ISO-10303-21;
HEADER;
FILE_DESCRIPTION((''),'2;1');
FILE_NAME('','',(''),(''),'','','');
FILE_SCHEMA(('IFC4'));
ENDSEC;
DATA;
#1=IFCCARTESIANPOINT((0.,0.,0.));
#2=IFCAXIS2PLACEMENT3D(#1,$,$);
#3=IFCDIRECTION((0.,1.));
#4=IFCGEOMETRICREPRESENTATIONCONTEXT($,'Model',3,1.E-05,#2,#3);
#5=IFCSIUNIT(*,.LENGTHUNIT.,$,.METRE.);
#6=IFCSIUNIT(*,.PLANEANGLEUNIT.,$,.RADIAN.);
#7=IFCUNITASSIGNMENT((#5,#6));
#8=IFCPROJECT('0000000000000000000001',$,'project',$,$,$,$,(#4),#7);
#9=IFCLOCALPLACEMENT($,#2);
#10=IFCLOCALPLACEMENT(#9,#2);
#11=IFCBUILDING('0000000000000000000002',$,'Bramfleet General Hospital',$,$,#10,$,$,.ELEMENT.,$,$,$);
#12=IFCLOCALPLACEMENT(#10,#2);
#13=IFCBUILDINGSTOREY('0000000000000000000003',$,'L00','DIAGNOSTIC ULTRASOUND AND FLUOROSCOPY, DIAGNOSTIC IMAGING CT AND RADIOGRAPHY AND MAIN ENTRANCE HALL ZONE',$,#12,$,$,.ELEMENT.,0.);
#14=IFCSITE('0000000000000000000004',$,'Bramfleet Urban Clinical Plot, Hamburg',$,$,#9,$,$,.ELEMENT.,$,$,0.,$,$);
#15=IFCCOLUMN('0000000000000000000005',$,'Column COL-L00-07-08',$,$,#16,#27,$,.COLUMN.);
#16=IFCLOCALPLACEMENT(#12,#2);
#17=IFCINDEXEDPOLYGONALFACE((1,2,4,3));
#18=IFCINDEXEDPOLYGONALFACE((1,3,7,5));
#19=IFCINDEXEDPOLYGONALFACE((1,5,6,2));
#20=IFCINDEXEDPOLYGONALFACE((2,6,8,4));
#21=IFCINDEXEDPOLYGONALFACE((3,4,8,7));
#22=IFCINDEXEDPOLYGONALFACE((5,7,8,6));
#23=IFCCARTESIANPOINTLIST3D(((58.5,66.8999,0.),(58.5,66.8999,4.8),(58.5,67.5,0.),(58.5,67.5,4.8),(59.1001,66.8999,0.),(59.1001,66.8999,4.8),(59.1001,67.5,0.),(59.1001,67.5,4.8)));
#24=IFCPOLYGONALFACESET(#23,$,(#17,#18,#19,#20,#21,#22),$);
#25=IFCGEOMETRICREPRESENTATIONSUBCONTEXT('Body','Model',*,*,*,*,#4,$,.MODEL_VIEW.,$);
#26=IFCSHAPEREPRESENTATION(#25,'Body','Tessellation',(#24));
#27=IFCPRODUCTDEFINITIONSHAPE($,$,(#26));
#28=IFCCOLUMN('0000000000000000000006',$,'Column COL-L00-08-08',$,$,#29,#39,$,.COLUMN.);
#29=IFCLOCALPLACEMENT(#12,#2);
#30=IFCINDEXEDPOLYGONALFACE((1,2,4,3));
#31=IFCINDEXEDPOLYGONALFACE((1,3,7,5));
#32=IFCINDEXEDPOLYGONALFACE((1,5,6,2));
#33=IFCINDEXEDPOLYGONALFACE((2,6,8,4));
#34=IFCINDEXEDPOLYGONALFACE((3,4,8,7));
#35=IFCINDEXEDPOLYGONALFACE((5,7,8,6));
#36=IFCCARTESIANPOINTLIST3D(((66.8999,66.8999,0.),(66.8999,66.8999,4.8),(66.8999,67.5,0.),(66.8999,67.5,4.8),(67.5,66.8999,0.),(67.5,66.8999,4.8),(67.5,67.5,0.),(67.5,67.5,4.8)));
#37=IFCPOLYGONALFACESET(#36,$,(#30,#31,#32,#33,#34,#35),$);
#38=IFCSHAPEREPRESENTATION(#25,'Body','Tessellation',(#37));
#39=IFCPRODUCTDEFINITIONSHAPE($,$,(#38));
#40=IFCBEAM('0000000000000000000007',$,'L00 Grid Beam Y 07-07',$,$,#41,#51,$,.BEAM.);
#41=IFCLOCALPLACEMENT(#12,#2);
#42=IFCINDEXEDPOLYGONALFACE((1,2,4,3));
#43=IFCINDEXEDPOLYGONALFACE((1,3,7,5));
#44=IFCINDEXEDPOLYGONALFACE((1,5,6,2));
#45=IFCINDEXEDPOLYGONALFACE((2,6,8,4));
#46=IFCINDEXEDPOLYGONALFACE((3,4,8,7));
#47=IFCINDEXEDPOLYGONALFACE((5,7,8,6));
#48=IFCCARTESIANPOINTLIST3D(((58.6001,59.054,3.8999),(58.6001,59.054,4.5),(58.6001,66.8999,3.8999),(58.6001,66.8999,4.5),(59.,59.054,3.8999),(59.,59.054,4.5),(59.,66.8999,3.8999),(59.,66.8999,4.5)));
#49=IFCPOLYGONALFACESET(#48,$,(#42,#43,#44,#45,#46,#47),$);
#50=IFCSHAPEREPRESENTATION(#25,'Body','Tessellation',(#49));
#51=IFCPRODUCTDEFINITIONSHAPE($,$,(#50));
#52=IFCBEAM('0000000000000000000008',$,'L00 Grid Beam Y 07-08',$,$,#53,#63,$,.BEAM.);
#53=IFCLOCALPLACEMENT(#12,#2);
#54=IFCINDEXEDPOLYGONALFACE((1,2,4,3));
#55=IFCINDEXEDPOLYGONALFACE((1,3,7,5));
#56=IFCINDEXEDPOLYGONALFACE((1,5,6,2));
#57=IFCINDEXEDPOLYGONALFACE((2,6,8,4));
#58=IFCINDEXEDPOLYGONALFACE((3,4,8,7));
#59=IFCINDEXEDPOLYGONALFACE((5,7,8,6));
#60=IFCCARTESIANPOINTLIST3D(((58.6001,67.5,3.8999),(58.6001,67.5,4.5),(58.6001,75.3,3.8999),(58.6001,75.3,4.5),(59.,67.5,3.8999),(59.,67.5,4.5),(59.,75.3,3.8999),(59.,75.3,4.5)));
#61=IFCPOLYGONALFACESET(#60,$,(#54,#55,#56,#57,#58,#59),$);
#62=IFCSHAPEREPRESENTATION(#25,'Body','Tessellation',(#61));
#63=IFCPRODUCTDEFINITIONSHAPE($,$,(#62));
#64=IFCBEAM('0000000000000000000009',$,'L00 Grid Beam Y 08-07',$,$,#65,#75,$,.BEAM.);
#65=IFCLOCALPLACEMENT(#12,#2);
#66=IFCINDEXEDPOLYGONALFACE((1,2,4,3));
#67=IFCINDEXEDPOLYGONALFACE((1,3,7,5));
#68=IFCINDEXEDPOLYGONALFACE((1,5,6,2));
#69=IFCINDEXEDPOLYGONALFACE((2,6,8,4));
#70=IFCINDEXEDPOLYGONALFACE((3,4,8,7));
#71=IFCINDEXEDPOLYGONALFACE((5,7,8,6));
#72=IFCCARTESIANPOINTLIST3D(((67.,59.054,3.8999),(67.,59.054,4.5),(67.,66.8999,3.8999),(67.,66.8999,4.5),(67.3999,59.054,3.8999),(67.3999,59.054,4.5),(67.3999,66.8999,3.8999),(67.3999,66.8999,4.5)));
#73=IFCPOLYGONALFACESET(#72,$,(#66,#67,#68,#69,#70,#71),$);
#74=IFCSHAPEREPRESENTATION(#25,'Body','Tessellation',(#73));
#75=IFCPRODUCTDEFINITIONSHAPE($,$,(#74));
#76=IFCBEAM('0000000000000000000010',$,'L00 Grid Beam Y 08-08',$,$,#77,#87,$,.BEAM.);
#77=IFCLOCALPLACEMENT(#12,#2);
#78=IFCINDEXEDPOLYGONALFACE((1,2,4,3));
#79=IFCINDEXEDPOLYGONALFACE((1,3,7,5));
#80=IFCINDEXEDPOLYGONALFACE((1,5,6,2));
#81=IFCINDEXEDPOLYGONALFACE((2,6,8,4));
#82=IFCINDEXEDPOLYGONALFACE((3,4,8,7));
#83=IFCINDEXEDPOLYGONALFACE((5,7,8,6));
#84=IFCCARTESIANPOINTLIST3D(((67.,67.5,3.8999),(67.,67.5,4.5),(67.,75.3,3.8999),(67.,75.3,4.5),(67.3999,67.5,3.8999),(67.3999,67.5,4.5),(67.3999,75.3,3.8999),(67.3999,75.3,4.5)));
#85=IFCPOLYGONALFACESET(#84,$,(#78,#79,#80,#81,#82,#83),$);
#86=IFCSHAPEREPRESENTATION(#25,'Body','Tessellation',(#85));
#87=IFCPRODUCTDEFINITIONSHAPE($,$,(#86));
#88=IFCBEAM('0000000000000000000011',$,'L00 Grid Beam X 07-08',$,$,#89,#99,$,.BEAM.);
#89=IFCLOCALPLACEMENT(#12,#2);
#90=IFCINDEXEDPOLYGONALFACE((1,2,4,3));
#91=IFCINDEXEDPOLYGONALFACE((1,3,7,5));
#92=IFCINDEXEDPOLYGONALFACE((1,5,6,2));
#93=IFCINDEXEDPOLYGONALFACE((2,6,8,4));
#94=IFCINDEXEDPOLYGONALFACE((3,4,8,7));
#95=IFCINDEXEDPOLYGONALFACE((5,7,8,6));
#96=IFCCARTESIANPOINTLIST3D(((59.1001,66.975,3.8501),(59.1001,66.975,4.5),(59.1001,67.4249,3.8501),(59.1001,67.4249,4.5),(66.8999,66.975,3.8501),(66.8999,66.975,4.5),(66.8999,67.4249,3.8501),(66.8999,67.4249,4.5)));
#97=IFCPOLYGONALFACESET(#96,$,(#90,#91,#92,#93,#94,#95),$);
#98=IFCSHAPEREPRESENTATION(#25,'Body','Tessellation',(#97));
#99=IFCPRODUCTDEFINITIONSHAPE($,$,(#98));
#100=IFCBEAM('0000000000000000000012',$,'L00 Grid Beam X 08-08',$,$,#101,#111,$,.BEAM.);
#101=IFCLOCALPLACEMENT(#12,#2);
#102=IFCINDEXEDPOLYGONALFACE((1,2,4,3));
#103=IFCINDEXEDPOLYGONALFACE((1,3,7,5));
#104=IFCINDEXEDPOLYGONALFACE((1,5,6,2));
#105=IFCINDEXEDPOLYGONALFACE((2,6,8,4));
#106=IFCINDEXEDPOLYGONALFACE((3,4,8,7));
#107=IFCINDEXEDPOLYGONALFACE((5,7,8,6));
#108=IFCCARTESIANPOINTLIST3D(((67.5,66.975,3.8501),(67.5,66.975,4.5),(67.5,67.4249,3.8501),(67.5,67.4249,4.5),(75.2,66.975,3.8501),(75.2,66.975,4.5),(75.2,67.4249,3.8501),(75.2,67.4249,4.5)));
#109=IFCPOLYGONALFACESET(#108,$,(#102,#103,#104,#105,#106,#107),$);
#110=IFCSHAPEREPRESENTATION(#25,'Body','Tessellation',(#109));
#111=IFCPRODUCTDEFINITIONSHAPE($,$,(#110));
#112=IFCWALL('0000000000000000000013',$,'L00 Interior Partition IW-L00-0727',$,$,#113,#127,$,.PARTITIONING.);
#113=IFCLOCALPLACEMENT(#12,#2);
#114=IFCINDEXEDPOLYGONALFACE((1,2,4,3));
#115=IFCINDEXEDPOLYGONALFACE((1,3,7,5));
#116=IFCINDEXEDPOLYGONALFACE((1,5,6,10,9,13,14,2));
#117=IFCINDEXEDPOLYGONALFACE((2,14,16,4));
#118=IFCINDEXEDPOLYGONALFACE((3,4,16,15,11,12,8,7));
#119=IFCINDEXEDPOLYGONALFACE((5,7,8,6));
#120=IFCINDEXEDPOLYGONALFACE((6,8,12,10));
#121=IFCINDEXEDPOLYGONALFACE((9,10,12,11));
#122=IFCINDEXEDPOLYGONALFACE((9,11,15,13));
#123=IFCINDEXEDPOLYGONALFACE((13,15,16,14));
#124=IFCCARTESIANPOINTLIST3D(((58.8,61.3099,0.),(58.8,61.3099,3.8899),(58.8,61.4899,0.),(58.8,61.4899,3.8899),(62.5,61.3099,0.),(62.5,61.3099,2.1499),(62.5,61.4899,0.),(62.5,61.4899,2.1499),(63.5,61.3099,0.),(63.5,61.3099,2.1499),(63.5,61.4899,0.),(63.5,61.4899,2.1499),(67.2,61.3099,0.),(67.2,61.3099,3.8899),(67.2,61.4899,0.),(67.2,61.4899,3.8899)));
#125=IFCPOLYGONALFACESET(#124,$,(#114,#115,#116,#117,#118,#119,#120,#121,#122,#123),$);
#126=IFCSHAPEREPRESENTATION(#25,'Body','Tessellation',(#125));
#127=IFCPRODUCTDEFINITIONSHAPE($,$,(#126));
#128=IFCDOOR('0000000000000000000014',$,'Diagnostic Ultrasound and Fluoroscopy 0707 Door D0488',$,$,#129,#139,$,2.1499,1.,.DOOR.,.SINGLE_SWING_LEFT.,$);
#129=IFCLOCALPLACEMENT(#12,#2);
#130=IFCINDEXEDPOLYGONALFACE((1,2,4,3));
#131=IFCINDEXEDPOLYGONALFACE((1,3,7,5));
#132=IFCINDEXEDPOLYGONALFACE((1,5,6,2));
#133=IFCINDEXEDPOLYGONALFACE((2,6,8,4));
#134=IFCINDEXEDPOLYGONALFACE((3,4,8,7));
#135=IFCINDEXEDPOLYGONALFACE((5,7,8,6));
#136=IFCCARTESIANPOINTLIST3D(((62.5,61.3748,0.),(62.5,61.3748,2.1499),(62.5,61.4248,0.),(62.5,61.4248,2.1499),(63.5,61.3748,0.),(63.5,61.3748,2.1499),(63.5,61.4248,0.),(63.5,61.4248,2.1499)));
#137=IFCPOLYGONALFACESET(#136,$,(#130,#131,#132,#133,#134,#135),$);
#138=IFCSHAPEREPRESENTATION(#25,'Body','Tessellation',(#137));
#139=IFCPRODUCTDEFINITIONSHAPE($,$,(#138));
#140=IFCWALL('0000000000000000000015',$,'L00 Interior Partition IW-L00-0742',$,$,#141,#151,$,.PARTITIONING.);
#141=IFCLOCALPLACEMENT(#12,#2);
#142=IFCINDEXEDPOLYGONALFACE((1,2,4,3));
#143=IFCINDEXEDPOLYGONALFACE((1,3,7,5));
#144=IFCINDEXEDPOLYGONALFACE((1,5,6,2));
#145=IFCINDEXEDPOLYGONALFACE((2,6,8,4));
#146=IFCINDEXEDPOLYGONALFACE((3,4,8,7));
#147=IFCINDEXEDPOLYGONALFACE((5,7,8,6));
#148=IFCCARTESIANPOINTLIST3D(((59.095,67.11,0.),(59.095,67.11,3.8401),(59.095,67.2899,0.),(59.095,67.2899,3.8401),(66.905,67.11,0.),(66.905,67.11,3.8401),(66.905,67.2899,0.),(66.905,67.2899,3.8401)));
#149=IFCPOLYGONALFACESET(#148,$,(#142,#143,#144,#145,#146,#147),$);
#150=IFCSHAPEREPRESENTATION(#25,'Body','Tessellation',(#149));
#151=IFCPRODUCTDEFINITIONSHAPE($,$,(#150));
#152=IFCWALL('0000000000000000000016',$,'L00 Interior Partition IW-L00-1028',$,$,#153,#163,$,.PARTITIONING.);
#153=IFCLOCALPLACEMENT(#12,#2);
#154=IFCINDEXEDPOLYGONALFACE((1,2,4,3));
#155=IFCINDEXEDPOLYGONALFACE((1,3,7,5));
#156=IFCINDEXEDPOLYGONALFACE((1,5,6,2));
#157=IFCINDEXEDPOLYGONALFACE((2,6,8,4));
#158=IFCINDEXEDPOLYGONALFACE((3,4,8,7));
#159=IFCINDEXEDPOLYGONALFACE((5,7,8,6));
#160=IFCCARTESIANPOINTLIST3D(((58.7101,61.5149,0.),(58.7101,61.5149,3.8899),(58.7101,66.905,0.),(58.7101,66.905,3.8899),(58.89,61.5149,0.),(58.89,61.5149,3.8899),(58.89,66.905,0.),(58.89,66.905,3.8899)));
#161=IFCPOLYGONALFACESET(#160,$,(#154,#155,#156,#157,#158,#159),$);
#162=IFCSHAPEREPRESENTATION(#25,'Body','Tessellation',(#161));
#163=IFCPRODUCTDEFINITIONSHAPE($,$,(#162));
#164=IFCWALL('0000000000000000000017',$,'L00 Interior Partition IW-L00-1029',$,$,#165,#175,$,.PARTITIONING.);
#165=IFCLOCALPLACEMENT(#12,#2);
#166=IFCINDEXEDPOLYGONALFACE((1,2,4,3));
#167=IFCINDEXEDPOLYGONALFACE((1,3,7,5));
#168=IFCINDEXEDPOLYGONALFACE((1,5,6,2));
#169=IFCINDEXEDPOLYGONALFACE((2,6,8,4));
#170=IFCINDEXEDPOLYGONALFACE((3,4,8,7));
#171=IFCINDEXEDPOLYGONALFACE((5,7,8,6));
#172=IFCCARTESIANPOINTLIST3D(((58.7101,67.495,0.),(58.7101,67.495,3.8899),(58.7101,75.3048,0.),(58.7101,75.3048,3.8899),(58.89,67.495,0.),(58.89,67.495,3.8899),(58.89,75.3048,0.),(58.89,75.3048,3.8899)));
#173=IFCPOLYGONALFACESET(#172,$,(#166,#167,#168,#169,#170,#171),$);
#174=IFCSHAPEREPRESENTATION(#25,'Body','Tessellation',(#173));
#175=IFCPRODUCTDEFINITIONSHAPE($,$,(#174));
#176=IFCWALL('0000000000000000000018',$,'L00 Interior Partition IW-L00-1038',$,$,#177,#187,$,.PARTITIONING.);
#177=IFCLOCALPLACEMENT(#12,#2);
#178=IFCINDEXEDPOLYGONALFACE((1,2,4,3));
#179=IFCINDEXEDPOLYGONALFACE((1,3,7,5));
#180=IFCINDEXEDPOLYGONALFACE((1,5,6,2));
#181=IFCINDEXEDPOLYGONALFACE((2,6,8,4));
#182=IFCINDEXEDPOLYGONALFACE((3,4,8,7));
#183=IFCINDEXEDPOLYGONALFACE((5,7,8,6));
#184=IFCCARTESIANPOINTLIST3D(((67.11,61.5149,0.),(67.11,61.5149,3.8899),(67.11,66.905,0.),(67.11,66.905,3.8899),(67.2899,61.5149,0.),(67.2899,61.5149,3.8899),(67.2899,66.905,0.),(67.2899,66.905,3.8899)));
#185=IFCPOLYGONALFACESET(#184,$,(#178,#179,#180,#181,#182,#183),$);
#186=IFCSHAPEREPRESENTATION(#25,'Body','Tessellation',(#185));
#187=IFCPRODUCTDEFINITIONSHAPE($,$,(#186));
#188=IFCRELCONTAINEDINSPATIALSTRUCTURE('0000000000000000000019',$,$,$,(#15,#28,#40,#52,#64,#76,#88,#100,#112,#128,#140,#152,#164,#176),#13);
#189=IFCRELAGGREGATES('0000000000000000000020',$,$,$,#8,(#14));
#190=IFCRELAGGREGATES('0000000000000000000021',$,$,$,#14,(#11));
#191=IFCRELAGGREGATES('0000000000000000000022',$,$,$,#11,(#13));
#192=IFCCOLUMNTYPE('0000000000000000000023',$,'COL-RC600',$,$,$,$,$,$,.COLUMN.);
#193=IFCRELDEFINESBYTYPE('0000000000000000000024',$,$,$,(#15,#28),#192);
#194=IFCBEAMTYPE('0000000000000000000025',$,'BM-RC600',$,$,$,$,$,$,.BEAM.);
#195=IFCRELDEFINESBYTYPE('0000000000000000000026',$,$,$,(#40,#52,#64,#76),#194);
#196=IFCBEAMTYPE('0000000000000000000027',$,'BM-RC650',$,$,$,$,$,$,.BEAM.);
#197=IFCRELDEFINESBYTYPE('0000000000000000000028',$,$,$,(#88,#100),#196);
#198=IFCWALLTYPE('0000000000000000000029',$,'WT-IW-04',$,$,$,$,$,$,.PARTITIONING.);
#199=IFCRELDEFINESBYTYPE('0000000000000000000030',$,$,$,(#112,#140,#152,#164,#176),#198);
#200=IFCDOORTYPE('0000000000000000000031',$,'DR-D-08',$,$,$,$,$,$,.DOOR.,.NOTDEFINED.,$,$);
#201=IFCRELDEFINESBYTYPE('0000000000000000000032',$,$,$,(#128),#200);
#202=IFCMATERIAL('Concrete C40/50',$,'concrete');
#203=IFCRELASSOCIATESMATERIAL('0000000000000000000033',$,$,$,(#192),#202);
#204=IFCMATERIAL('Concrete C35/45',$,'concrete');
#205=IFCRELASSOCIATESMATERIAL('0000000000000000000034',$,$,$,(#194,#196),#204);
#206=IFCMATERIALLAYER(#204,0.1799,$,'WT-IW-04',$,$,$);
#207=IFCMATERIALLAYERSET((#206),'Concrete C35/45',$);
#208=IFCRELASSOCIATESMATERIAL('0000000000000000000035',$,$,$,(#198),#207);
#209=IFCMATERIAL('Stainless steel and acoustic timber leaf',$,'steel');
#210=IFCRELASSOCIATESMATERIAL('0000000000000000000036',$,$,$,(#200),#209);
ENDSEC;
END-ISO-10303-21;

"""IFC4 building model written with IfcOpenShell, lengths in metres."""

from ifc_helpers import new_model, si_unit, direction, frame, frame_2d, origin, origin_2d, place, context, subcontext, project, spatial, rectangle, extrude, material, layer, layer_set, material_profile, profile_set, type_object, element, fill, save


model = new_model("IFC4")

# Units and contexts
model_context = context("Model", 3, precision=1e-05, world=origin(), true_north=direction((0.0, 1.0)))
body_context = subcontext(model_context, "Body", "Model", "MODEL_VIEW")
ifc_project = project(units=[si_unit("LENGTHUNIT", "METRE"), si_unit("PLANEANGLEUNIT", "RADIAN")], contexts=[model_context])

# Site, building, storey
site_placement = place(None, origin())
site = spatial("IfcSite", under=ifc_project, at=site_placement, Name="Bramfleet Urban Clinical Plot, Hamburg", CompositionType="ELEMENT", RefElevation=0.0)
building_placement = place(site_placement, origin())
building = spatial("IfcBuilding", under=site, at=building_placement, Name="Bramfleet General Hospital", CompositionType="ELEMENT")
storey_placement = place(building_placement, origin())
storey = spatial("IfcBuildingStorey", under=building, at=storey_placement, Name="L00", Description="DIAGNOSTIC ULTRASOUND AND FLUOROSCOPY, DIAGNOSTIC IMAGING CT AND RADIOGRAPHY AND MAIN ENTRANCE HALL ZONE", CompositionType="ELEMENT", Elevation=0.0)

# Columns
ifc_material_1 = material(Name="Concrete C40/50", Category="concrete")
ifc_material_profile_1 = material_profile(ifc_material_1, rectangle(XDim=0.6001, YDim=0.6001, at=origin_2d()), Name="RC COL 600x600")
ifc_profile_set_1 = profile_set([ifc_material_profile_1], Name="Concrete C40/50")
column_type = type_object("IfcColumnType", Name="COL-RC600", PredefinedType="COLUMN", material=ifc_profile_set_1)
for number, where, z_axis, x_axis, name in (
    (1, (58.8, 67.2, 0.0), (0.0, 0.0, 1.0), (1.0, 0.0, 0.0), "Column COL-L00-07-08"),
    (2, (67.2, 67.2, 0.0), (0.0, 0.0, 1.0), (1.0, 0.0, 0.0), "Column COL-L00-08-08"),
):
    element("IfcColumn", number, at=place(storey_placement, frame(where, z_axis=z_axis, x_axis=x_axis)), inside=storey, type_object=column_type, Name=name, PredefinedType="COLUMN", context=body_context, shape_type="SweptSolid", body=[
        extrude(rectangle(XDim=0.6001, YDim=0.6001, at=origin_2d()), origin(), (0.0, 0.0, 1.0), 4.8),
    ])

# Beams
ifc_material_2 = material(Name="Concrete C35/45", Category="concrete")
ifc_material_profile_2 = material_profile(ifc_material_2, rectangle(XDim=0.3999, YDim=0.6001, at=origin_2d()), Name="RC BM 600x400")
ifc_profile_set_2 = profile_set([ifc_material_profile_2], Name="Concrete C35/45")
beam_type_1 = type_object("IfcBeamType", Name="BM-RC600", PredefinedType="BEAM", material=ifc_profile_set_2)
beam_1_placement = place(storey_placement, frame((58.8, 59.054, 4.2), z_axis=(0.0, 1.0, 0.0), x_axis=(-1.0, 0.0, 0.0)))
element("IfcBeam", 3, at=beam_1_placement, inside=storey, type_object=beam_type_1, Name="L00 Grid Beam Y 07-07", PredefinedType="BEAM", context=body_context, shape_type="SweptSolid", body=[
    extrude(rectangle(XDim=0.3999, YDim=0.6001, at=origin_2d()), origin(), (0.0, 0.0, 1.0), 7.8459),
])
beam_2_placement = place(storey_placement, frame((58.8, 67.5, 4.2), z_axis=(0.0, 1.0, 0.0), x_axis=(-1.0, 0.0, 0.0)))
element("IfcBeam", 4, at=beam_2_placement, inside=storey, type_object=beam_type_1, Name="L00 Grid Beam Y 07-08", PredefinedType="BEAM", context=body_context, shape_type="SweptSolid", body=[
    extrude(rectangle(XDim=0.3999, YDim=0.6001, at=origin_2d()), origin(), (0.0, 0.0, 1.0), 7.8),
])
beam_3_placement = place(storey_placement, frame((67.2, 59.054, 4.2), z_axis=(0.0, 1.0, 0.0), x_axis=(-1.0, 0.0, 0.0)))
element("IfcBeam", 5, at=beam_3_placement, inside=storey, type_object=beam_type_1, Name="L00 Grid Beam Y 08-07", PredefinedType="BEAM", context=body_context, shape_type="SweptSolid", body=[
    extrude(rectangle(XDim=0.3999, YDim=0.6001, at=origin_2d()), origin(), (0.0, 0.0, 1.0), 7.8459),
])
beam_4_placement = place(storey_placement, frame((67.2, 67.5, 4.2), z_axis=(0.0, 1.0, 0.0), x_axis=(-1.0, 0.0, 0.0)))
element("IfcBeam", 6, at=beam_4_placement, inside=storey, type_object=beam_type_1, Name="L00 Grid Beam Y 08-08", PredefinedType="BEAM", context=body_context, shape_type="SweptSolid", body=[
    extrude(rectangle(XDim=0.3999, YDim=0.6001, at=origin_2d()), origin(), (0.0, 0.0, 1.0), 7.8),
])
ifc_material_profile_3 = material_profile(ifc_material_2, rectangle(XDim=0.45, YDim=0.6499, at=origin_2d()), Name="RC BM 650x450")
ifc_profile_set_3 = profile_set([ifc_material_profile_3], Name="Concrete C35/45")
beam_type_2 = type_object("IfcBeamType", Name="BM-RC650", PredefinedType="BEAM", material=ifc_profile_set_3)
beam_5_placement = place(storey_placement, frame((59.1001, 67.2, 4.175), z_axis=(1.0, 0.0, 0.0), x_axis=(0.0, 1.0, 0.0)))
element("IfcBeam", 7, at=beam_5_placement, inside=storey, type_object=beam_type_2, Name="L00 Grid Beam X 07-08", PredefinedType="BEAM", context=body_context, shape_type="SweptSolid", body=[
    extrude(rectangle(XDim=0.45, YDim=0.6499, at=origin_2d()), origin(), (0.0, 0.0, 1.0), 7.7998),
])
beam_6_placement = place(storey_placement, frame((67.5, 67.2, 4.175), z_axis=(1.0, 0.0, 0.0), x_axis=(0.0, 1.0, 0.0)))
element("IfcBeam", 8, at=beam_6_placement, inside=storey, type_object=beam_type_2, Name="L00 Grid Beam X 08-08", PredefinedType="BEAM", context=body_context, shape_type="SweptSolid", body=[
    extrude(rectangle(XDim=0.45, YDim=0.6499, at=origin_2d()), origin(), (0.0, 0.0, 1.0), 7.7),
])

# Wall, opening, door
ifc_layer_1 = layer(ifc_material_2, 0.1799, Name="WT-IW-04")
ifc_layer_set_1 = layer_set([ifc_layer_1], Name="Concrete C35/45")
wall_type_1 = type_object("IfcWallType", Name="WT-IW-04", PredefinedType="PARTITIONING", material=ifc_layer_set_1)
wall_1_placement = place(storey_placement, frame((58.8, 61.3999, 0.0), z_axis=(0.0, 0.0, 1.0), x_axis=(1.0, 0.0, 0.0)))
wall_1 = element("IfcWall", 9, at=wall_1_placement, inside=storey, type_object=wall_type_1, Name="L00 Interior Partition IW-L00-0727", PredefinedType="PARTITIONING", context=body_context, shape_type="SweptSolid", body=[
    extrude(rectangle(XDim=8.3999, YDim=0.1799, at=frame_2d((4.2, 0.0))), origin(), (0.0, 0.0, 1.0), 3.8899),
])
opening_1_placement = place(wall_1_placement, frame((3.7, 0.0, 0.0)))
opening_1 = element("IfcOpeningElement", 10, at=opening_1_placement, cuts=wall_1, PredefinedType="OPENING", context=body_context, shape_type="SweptSolid", body=[
    extrude(rectangle(XDim=1.0, YDim=2.1499, at=frame_2d((0.5, 1.075))), frame((0.0, 0.0999, 0.0), z_axis=(0.0, -1.0, 0.0), x_axis=(1.0, 0.0, 0.0)), (0.0, 0.0, 1.0), 0.2),
])
ifc_material_3 = material(Name="Stainless steel and acoustic timber leaf", Category="steel")
door_type_1 = type_object("IfcDoorType", Name="DR-D-08", OperationType="NOTDEFINED", PredefinedType="DOOR", material=ifc_material_3)
door_1_placement = place(opening_1_placement, origin())
door_1 = element("IfcDoor", 11, at=door_1_placement, inside=storey, type_object=door_type_1, Name="Diagnostic Ultrasound and Fluoroscopy 0707 Door D0488", OperationType="SINGLE_SWING_LEFT", OverallHeight=2.1499, OverallWidth=1.0, PredefinedType="DOOR", context=body_context, shape_type="SweptSolid", body=[
    extrude(rectangle(XDim=1.0, YDim=2.1499, at=frame_2d((0.5, 1.075))), frame((0.0, 0.0249, 0.0), z_axis=(0.0, -1.0, 0.0), x_axis=(1.0, 0.0, 0.0)), (0.0, 0.0, 1.0), 0.05),
])
fill(opening_1, door_1)

# Walls
wall_2_placement = place(storey_placement, frame((59.095, 67.2, 0.0), z_axis=(0.0, 0.0, 1.0), x_axis=(1.0, 0.0, 0.0)))
element("IfcWall", 12, at=wall_2_placement, inside=storey, type_object=wall_type_1, Name="L00 Interior Partition IW-L00-0742", PredefinedType="PARTITIONING", context=body_context, shape_type="SweptSolid", body=[
    extrude(rectangle(XDim=7.8101, YDim=0.1799, at=frame_2d((3.905, 0.0))), origin(), (0.0, 0.0, 1.0), 3.8401),
])
wall_3_placement = place(storey_placement, frame((58.8, 61.5149, 0.0), z_axis=(0.0, 0.0, 1.0), x_axis=(0.0, 1.0, 0.0)))
element("IfcWall", 13, at=wall_3_placement, inside=storey, type_object=wall_type_1, Name="L00 Interior Partition IW-L00-1028", PredefinedType="PARTITIONING", context=body_context, shape_type="SweptSolid", body=[
    extrude(rectangle(XDim=5.3901, YDim=0.1799, at=frame_2d((2.6951, 0.0))), origin(), (0.0, 0.0, 1.0), 3.8899),
])
wall_4_placement = place(storey_placement, frame((58.8, 67.4951, 0.0), z_axis=(0.0, 0.0, 1.0), x_axis=(0.0, 1.0, 0.0)))
element("IfcWall", 14, at=wall_4_placement, inside=storey, type_object=wall_type_1, Name="L00 Interior Partition IW-L00-1029", PredefinedType="PARTITIONING", context=body_context, shape_type="SweptSolid", body=[
    extrude(rectangle(XDim=7.8098, YDim=0.1799, at=frame_2d((3.9048, 0.0))), origin(), (0.0, 0.0, 1.0), 3.8899),
])
wall_5_placement = place(storey_placement, frame((67.2, 61.5149, 0.0), z_axis=(0.0, 0.0, 1.0), x_axis=(0.0, 1.0, 0.0)))
element("IfcWall", 15, at=wall_5_placement, inside=storey, type_object=wall_type_1, Name="L00 Interior Partition IW-L00-1038", PredefinedType="PARTITIONING", context=body_context, shape_type="SweptSolid", body=[
    extrude(rectangle(XDim=5.3901, YDim=0.1799, at=frame_2d((2.6951, 0.0))), origin(), (0.0, 0.0, 1.0), 3.8899),
])

save(model, "model.ifc")
